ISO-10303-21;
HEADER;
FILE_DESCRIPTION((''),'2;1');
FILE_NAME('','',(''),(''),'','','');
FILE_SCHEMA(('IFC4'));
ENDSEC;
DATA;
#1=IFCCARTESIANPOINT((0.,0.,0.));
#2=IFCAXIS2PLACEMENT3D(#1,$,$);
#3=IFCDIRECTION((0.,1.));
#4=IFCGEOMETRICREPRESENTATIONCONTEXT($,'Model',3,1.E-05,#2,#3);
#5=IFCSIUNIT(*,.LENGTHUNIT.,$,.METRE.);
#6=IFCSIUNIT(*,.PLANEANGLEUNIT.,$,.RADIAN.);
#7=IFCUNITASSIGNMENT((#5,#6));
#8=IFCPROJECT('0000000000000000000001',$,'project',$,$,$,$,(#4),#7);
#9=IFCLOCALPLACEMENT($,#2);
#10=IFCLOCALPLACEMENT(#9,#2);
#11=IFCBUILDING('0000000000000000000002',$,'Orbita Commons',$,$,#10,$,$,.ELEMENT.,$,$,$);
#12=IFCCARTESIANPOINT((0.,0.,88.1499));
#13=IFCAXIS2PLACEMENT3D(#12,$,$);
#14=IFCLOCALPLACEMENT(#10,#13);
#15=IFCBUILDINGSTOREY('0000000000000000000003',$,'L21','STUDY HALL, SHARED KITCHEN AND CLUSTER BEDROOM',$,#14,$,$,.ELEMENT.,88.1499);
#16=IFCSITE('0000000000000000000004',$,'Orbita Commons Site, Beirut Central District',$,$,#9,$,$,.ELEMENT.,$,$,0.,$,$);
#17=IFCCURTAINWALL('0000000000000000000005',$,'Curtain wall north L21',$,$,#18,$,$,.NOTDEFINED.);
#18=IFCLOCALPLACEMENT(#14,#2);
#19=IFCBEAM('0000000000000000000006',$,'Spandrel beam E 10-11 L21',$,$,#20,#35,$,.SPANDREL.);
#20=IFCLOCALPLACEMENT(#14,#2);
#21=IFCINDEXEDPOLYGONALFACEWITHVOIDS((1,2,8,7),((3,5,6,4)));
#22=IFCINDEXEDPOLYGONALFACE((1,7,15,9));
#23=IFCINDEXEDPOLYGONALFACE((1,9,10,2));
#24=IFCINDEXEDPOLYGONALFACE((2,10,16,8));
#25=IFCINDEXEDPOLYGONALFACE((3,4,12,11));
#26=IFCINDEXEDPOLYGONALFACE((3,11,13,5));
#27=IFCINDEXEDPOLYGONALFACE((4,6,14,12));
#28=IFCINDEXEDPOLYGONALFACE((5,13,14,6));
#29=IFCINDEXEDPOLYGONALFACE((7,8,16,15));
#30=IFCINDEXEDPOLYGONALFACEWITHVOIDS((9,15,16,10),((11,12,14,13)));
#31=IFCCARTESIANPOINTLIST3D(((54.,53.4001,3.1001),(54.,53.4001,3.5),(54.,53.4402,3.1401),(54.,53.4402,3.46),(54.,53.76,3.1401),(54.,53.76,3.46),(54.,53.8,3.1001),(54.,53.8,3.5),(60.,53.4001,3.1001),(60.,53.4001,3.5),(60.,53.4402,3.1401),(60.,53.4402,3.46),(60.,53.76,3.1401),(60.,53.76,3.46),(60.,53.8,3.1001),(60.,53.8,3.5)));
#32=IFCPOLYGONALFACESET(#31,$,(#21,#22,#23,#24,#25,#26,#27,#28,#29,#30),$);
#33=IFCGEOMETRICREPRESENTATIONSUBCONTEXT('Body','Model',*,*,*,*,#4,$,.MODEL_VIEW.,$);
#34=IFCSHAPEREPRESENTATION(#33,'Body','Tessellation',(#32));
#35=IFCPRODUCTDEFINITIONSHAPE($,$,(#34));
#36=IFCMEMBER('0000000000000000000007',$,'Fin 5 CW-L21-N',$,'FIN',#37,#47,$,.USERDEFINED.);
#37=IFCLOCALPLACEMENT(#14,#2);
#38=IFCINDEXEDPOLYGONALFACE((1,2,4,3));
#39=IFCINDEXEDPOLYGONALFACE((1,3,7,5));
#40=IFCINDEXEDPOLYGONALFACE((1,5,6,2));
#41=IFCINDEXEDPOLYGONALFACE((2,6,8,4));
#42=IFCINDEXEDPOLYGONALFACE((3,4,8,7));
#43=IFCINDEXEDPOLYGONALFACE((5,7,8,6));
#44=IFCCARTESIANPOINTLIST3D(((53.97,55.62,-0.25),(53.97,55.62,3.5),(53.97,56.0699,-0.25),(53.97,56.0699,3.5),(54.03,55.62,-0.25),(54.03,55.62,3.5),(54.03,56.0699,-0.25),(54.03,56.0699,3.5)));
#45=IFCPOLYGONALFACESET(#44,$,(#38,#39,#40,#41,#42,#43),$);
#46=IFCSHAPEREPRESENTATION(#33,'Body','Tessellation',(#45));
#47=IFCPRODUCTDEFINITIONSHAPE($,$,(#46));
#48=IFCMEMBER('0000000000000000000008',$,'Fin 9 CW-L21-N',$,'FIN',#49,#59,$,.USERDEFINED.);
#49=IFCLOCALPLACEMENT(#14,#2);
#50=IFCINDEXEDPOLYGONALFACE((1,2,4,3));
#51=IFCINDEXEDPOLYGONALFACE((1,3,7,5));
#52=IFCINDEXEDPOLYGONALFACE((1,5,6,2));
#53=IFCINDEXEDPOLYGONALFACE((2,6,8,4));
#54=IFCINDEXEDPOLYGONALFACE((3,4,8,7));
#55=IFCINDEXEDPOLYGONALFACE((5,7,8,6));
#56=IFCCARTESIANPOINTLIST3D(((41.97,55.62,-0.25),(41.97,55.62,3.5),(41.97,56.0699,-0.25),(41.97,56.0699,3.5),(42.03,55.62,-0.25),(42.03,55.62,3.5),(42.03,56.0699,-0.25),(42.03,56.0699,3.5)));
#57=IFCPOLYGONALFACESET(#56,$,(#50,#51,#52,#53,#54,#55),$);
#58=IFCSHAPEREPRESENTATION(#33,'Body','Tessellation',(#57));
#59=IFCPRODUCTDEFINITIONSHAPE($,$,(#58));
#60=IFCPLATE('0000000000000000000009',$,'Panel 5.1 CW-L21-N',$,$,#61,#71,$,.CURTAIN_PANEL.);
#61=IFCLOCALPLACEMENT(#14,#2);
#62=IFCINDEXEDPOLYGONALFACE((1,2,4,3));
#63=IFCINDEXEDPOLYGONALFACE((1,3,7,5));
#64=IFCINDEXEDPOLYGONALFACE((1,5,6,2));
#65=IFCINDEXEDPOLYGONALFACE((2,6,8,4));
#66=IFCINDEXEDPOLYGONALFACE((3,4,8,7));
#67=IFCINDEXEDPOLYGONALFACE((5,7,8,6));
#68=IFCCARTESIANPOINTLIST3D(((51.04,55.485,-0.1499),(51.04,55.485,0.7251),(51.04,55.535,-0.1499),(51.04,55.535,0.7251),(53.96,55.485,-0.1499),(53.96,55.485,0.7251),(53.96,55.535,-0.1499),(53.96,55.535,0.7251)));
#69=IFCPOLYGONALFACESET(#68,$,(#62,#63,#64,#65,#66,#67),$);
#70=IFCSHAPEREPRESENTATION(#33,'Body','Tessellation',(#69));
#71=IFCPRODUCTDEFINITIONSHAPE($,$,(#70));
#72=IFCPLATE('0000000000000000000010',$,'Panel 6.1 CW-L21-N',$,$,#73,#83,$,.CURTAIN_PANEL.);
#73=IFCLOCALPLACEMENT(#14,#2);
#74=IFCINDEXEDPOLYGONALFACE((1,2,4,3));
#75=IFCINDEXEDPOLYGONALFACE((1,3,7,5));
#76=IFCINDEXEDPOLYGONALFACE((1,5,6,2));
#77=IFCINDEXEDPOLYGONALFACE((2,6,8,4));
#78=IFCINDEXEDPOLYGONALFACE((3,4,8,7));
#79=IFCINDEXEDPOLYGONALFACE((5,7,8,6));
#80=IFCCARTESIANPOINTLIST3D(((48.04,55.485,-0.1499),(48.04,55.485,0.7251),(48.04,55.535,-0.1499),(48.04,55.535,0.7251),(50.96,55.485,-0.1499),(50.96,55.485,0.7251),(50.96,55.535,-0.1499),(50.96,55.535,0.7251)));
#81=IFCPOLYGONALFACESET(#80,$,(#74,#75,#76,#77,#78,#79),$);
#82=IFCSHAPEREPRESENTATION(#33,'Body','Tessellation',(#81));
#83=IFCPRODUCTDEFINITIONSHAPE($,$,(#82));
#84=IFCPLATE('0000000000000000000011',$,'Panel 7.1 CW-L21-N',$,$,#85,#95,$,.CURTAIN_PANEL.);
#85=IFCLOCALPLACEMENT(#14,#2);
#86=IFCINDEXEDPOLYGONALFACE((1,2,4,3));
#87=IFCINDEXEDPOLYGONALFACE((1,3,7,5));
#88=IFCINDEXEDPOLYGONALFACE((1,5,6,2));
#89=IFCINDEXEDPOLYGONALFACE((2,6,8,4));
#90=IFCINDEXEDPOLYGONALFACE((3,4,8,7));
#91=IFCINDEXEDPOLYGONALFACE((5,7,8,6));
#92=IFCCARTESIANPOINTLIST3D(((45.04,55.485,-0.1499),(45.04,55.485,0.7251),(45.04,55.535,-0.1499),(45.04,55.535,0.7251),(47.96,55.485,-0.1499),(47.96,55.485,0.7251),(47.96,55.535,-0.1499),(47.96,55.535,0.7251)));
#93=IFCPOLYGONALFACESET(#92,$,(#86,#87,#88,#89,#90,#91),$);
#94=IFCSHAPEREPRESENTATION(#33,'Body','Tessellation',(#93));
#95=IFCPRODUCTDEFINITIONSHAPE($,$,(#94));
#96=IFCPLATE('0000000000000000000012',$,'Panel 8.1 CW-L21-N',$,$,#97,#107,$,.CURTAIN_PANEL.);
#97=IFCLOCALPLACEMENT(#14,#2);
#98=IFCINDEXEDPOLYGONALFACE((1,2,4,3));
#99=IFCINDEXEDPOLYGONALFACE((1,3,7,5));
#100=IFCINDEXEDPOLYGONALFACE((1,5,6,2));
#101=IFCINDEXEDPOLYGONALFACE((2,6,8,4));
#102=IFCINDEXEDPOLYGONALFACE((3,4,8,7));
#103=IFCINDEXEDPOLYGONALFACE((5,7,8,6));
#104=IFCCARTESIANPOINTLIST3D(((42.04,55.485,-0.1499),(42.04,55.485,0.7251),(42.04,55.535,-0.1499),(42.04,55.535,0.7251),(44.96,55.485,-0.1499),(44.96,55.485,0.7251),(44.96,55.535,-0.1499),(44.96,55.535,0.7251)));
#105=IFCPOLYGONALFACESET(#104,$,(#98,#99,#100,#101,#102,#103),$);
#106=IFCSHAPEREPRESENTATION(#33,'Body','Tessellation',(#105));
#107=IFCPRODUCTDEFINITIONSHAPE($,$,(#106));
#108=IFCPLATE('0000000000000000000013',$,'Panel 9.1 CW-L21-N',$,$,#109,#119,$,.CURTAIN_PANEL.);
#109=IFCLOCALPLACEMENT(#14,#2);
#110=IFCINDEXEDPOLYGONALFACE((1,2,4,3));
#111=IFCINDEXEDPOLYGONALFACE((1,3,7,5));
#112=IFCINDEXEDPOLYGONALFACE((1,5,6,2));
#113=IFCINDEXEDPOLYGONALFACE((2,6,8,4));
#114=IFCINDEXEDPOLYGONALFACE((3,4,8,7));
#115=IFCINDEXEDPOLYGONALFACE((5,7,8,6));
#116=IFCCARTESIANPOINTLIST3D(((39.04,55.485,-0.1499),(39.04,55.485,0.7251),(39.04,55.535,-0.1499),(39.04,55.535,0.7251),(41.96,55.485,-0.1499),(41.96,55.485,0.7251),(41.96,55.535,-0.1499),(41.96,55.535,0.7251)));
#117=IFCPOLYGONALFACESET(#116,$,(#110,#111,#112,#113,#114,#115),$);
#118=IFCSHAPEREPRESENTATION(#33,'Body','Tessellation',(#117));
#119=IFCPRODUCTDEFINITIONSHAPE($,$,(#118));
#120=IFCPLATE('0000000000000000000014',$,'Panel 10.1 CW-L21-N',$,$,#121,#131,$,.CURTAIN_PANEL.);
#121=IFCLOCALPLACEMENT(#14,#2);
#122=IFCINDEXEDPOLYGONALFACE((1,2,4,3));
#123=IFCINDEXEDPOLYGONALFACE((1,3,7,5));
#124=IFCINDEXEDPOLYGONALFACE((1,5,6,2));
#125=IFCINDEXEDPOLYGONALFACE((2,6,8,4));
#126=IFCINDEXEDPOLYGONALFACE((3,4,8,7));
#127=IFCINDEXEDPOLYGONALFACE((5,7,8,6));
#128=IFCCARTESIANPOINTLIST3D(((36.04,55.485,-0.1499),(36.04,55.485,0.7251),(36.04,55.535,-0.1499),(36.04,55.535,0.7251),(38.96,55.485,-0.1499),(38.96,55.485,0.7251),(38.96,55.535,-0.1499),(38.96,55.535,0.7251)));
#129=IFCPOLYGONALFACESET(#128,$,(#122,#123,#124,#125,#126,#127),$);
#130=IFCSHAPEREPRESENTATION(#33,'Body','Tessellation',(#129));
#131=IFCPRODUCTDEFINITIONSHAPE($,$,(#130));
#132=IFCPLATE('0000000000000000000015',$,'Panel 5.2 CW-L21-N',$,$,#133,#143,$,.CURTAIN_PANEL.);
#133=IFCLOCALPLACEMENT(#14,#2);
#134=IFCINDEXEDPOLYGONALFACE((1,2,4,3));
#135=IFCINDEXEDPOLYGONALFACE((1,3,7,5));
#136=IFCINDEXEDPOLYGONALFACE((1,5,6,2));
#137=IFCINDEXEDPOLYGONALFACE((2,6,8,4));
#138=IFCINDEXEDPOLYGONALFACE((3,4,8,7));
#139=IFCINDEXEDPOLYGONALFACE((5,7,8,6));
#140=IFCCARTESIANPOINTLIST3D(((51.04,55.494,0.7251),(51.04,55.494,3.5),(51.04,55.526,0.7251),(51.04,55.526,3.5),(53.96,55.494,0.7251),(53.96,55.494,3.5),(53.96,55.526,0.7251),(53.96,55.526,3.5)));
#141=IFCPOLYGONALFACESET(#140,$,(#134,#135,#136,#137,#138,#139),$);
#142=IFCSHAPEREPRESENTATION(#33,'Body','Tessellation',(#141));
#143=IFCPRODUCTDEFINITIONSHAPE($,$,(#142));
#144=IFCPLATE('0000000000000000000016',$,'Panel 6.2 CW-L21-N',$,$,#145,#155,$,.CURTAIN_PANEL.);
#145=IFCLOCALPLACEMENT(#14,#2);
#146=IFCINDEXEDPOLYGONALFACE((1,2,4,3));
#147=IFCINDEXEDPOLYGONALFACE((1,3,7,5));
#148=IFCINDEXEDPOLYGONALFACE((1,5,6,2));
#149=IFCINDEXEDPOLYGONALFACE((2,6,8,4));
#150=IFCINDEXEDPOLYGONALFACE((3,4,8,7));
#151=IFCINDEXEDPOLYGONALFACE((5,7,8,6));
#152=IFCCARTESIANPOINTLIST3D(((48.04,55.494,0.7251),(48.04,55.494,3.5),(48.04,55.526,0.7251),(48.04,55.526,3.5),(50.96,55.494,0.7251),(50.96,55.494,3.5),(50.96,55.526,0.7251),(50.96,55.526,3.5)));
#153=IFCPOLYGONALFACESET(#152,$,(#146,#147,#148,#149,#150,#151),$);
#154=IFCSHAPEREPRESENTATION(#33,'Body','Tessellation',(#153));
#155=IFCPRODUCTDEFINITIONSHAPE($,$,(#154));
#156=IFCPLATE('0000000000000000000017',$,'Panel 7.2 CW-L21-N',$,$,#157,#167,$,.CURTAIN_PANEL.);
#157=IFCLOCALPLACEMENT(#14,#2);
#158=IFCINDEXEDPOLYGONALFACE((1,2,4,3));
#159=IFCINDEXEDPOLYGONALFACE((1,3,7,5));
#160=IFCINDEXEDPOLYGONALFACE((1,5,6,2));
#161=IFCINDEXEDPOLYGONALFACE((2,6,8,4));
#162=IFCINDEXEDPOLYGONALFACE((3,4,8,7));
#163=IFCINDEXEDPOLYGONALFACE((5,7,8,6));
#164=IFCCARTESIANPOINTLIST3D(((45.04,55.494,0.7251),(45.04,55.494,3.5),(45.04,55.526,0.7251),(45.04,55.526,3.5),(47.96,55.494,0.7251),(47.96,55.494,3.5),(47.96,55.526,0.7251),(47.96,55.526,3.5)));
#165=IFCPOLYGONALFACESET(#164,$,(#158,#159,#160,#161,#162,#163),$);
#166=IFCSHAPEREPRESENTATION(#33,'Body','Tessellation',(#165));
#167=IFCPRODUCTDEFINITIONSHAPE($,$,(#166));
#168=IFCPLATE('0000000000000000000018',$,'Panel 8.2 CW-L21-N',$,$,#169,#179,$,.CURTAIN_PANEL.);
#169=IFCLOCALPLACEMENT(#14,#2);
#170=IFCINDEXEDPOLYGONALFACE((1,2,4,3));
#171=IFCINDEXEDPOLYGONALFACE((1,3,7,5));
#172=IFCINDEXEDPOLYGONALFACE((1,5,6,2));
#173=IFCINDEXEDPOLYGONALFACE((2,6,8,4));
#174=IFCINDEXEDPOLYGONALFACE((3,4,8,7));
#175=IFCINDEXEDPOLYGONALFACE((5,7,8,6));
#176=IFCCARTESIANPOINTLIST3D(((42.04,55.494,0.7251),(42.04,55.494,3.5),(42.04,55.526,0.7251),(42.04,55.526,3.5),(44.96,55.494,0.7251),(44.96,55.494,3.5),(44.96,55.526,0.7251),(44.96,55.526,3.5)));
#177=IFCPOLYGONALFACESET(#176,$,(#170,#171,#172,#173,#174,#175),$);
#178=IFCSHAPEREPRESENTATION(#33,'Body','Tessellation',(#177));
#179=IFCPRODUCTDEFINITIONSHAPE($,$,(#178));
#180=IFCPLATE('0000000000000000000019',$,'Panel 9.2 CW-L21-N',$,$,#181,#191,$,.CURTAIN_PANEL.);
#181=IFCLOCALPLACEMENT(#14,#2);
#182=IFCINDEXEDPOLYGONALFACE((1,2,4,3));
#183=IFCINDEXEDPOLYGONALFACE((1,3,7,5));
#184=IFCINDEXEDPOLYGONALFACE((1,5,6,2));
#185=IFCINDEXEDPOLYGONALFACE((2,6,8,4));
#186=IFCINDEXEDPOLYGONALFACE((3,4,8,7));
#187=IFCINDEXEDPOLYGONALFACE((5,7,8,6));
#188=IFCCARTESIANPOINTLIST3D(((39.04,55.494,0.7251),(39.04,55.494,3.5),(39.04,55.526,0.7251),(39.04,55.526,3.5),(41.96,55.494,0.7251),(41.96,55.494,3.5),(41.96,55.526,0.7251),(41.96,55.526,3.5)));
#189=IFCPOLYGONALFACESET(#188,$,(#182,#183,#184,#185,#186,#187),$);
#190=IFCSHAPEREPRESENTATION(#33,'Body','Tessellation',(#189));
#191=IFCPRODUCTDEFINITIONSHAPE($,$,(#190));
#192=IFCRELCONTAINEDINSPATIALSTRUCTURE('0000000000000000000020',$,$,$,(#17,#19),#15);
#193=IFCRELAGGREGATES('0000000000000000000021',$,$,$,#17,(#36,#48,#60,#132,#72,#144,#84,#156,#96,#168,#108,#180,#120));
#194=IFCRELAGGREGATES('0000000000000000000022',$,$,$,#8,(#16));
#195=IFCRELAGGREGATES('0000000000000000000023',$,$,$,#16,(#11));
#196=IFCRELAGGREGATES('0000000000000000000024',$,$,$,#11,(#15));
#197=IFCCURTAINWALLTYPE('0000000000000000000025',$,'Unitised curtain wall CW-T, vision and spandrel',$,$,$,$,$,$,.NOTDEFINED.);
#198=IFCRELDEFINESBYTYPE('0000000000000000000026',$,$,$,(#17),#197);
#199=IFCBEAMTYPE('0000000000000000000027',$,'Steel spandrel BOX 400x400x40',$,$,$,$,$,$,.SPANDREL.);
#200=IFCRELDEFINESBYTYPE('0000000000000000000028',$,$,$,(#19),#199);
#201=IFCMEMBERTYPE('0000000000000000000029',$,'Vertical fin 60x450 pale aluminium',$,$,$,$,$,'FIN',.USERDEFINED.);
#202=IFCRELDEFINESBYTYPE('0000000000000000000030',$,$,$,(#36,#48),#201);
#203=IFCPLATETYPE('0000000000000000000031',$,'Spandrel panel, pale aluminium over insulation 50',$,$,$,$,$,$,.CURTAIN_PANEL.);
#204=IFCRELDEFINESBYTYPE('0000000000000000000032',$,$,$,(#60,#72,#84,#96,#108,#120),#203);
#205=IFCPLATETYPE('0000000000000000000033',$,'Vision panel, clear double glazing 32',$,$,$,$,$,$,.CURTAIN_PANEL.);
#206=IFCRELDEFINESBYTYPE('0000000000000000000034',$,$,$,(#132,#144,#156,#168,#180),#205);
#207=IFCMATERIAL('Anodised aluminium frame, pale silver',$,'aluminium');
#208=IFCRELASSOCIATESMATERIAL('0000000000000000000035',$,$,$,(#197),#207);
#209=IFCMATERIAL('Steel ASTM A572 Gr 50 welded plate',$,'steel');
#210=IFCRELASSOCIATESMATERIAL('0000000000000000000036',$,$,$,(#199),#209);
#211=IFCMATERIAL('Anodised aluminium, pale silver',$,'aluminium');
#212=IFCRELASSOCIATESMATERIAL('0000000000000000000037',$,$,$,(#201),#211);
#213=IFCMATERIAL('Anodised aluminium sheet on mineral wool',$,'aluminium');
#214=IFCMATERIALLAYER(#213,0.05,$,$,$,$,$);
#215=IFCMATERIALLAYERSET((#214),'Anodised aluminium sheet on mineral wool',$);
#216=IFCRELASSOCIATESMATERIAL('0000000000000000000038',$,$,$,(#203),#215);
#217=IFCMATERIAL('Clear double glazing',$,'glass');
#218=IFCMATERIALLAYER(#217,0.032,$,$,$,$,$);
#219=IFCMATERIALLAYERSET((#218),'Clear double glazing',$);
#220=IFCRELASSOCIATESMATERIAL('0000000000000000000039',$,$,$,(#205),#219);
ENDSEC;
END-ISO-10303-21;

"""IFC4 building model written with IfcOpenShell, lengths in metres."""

from ifc_helpers import new_model, si_unit, direction, frame, origin, origin_2d, place, context, subcontext, project, spatial, rectangle, hollow_rectangle, extrude, material, layer, layer_set, material_profile, profile_set, type_object, element, aggregate, save


model = new_model("IFC4")

# Units and contexts
model_context = context("Model", 3, precision=1e-05, world=origin(), true_north=direction((0.0, 1.0)))
body_context = subcontext(model_context, "Body", "Model", "MODEL_VIEW")
ifc_project = project(units=[si_unit("LENGTHUNIT", "METRE"), si_unit("PLANEANGLEUNIT", "RADIAN")], contexts=[model_context])

# Site, building, storey
site_placement = place(None, origin())
site = spatial("IfcSite", under=ifc_project, at=site_placement, Name="Orbita Commons Site, Beirut Central District", CompositionType="ELEMENT", RefElevation=0.0)
building_placement = place(site_placement, origin())
building = spatial("IfcBuilding", under=site, at=building_placement, Name="Orbita Commons", CompositionType="ELEMENT")
storey_placement = place(building_placement, frame((0.0, 0.0, 88.1499)))
storey = spatial("IfcBuildingStorey", under=building, at=storey_placement, Name="L21", Description="STUDY HALL, SHARED KITCHEN AND CLUSTER BEDROOM", CompositionType="ELEMENT", Elevation=88.1499)

# Curtain wall
ifc_material_1 = material(Name="Anodised aluminium frame, pale silver", Category="aluminium")
curtain_wall_type = type_object("IfcCurtainWallType", Name="Unitised curtain wall CW-T, vision and spandrel", PredefinedType="NOTDEFINED", material=ifc_material_1)
curtain_wall_placement = place(storey_placement, origin())
curtain_wall = element("IfcCurtainWall", 1, at=curtain_wall_placement, inside=storey, type_object=curtain_wall_type, Name="Curtain wall north L21", PredefinedType="NOTDEFINED")

# Beam
ifc_material_2 = material(Name="Steel ASTM A572 Gr 50 welded plate", Category="steel")
ifc_material_profile_1 = material_profile(ifc_material_2, hollow_rectangle(XDim=0.3999, YDim=0.3999, WallThickness=0.04, at=origin_2d()), Name="BOX 400x400x40")
ifc_profile_set_1 = profile_set([ifc_material_profile_1], Name="Steel ASTM A572 Gr 50 welded plate")
beam_type = type_object("IfcBeamType", Name="Steel spandrel BOX 400x400x40", PredefinedType="SPANDREL", material=ifc_profile_set_1)
beam_placement = place(storey_placement, frame((54.0, 53.6001, 3.3), z_axis=(1.0, 0.0, 0.0), x_axis=(0.0, 1.0, 0.0)))
element("IfcBeam", 2, at=beam_placement, inside=storey, type_object=beam_type, Name="Spandrel beam E 10-11 L21", PredefinedType="SPANDREL", context=body_context, shape_type="SweptSolid", body=[
    extrude(hollow_rectangle(XDim=0.3999, YDim=0.3999, WallThickness=0.04, at=origin_2d()), origin(), (0.0, 0.0, 1.0), 6.0),
])

# Members
ifc_material_3 = material(Name="Anodised aluminium, pale silver", Category="aluminium")
ifc_material_profile_2 = material_profile(ifc_material_3, rectangle(XDim=0.0601, YDim=0.45, at=origin_2d()), Name="FIN 60x450")
ifc_profile_set_2 = profile_set([ifc_material_profile_2], Name="Anodised aluminium, pale silver")
member_type_1 = type_object("IfcMemberType", Name="Vertical fin 60x450 pale aluminium", ElementType="FIN", PredefinedType="USERDEFINED", material=ifc_profile_set_2)
member_1_placement = place(storey_placement, frame((54.0, 55.845, -0.25), z_axis=(0.0, 0.0, 1.0), x_axis=(-1.0, 0.0, 0.0)))
member_1 = element("IfcMember", 3, at=member_1_placement, type_object=member_type_1, Name="Fin 5 CW-L21-N", ObjectType="FIN", PredefinedType="USERDEFINED", context=body_context, shape_type="SweptSolid", body=[
    extrude(rectangle(XDim=0.0601, YDim=0.45, at=origin_2d()), origin(), (0.0, 0.0, 1.0), 3.75),
])
member_2_placement = place(storey_placement, frame((42.0, 55.845, -0.25), z_axis=(0.0, 0.0, 1.0), x_axis=(-1.0, 0.0, 0.0)))
member_2 = element("IfcMember", 4, at=member_2_placement, type_object=member_type_1, Name="Fin 9 CW-L21-N", ObjectType="FIN", PredefinedType="USERDEFINED", context=body_context, shape_type="SweptSolid", body=[
    extrude(rectangle(XDim=0.0601, YDim=0.45, at=origin_2d()), origin(), (0.0, 0.0, 1.0), 3.75),
])

# Plates
ifc_material_4 = material(Name="Anodised aluminium sheet on mineral wool", Category="aluminium")
ifc_layer_1 = layer(ifc_material_4, 0.05)
ifc_layer_set_1 = layer_set([ifc_layer_1], Name="Anodised aluminium sheet on mineral wool")
plate_type_1 = type_object("IfcPlateType", Name="Spandrel panel, pale aluminium over insulation 50", PredefinedType="CURTAIN_PANEL", material=ifc_layer_set_1)
plate_1_placement = place(storey_placement, frame((52.5, 55.51, -0.1499), z_axis=(0.0, 0.0, 1.0), x_axis=(-1.0, 0.0, 0.0)))
plate_1 = element("IfcPlate", 5, at=plate_1_placement, type_object=plate_type_1, Name="Panel 5.1 CW-L21-N", PredefinedType="CURTAIN_PANEL", context=body_context, shape_type="SweptSolid", body=[
    extrude(rectangle(XDim=2.9199, YDim=0.05, at=origin_2d()), origin(), (0.0, 0.0, 1.0), 0.875),
])
plate_2_placement = place(storey_placement, frame((49.5, 55.51, -0.1499), z_axis=(0.0, 0.0, 1.0), x_axis=(-1.0, 0.0, 0.0)))
plate_2 = element("IfcPlate", 6, at=plate_2_placement, type_object=plate_type_1, Name="Panel 6.1 CW-L21-N", PredefinedType="CURTAIN_PANEL", context=body_context, shape_type="SweptSolid", body=[
    extrude(rectangle(XDim=2.9199, YDim=0.05, at=origin_2d()), origin(), (0.0, 0.0, 1.0), 0.875),
])
plate_3_placement = place(storey_placement, frame((46.5, 55.51, -0.1499), z_axis=(0.0, 0.0, 1.0), x_axis=(-1.0, 0.0, 0.0)))
plate_3 = element("IfcPlate", 7, at=plate_3_placement, type_object=plate_type_1, Name="Panel 7.1 CW-L21-N", PredefinedType="CURTAIN_PANEL", context=body_context, shape_type="SweptSolid", body=[
    extrude(rectangle(XDim=2.9199, YDim=0.05, at=origin_2d()), origin(), (0.0, 0.0, 1.0), 0.875),
])
plate_4_placement = place(storey_placement, frame((43.5, 55.51, -0.1499), z_axis=(0.0, 0.0, 1.0), x_axis=(-1.0, 0.0, 0.0)))
plate_4 = element("IfcPlate", 8, at=plate_4_placement, type_object=plate_type_1, Name="Panel 8.1 CW-L21-N", PredefinedType="CURTAIN_PANEL", context=body_context, shape_type="SweptSolid", body=[
    extrude(rectangle(XDim=2.9199, YDim=0.05, at=origin_2d()), origin(), (0.0, 0.0, 1.0), 0.875),
])
plate_5_placement = place(storey_placement, frame((40.5, 55.51, -0.1499), z_axis=(0.0, 0.0, 1.0), x_axis=(-1.0, 0.0, 0.0)))
plate_5 = element("IfcPlate", 9, at=plate_5_placement, type_object=plate_type_1, Name="Panel 9.1 CW-L21-N", PredefinedType="CURTAIN_PANEL", context=body_context, shape_type="SweptSolid", body=[
    extrude(rectangle(XDim=2.9199, YDim=0.05, at=origin_2d()), origin(), (0.0, 0.0, 1.0), 0.875),
])
plate_6_placement = place(storey_placement, frame((37.5, 55.51, -0.1499), z_axis=(0.0, 0.0, 1.0), x_axis=(-1.0, 0.0, 0.0)))
plate_6 = element("IfcPlate", 10, at=plate_6_placement, type_object=plate_type_1, Name="Panel 10.1 CW-L21-N", PredefinedType="CURTAIN_PANEL", context=body_context, shape_type="SweptSolid", body=[
    extrude(rectangle(XDim=2.9199, YDim=0.05, at=origin_2d()), origin(), (0.0, 0.0, 1.0), 0.875),
])
ifc_material_5 = material(Name="Clear double glazing", Category="glass")
ifc_layer_2 = layer(ifc_material_5, 0.032)
ifc_layer_set_2 = layer_set([ifc_layer_2], Name="Clear double glazing")
plate_type_2 = type_object("IfcPlateType", Name="Vision panel, clear double glazing 32", PredefinedType="CURTAIN_PANEL", material=ifc_layer_set_2)
plate_7_placement = place(storey_placement, frame((52.5, 55.51, 0.7251), z_axis=(0.0, 0.0, 1.0), x_axis=(-1.0, 0.0, 0.0)))
plate_7 = element("IfcPlate", 11, at=plate_7_placement, type_object=plate_type_2, Name="Panel 5.2 CW-L21-N", PredefinedType="CURTAIN_PANEL", context=body_context, shape_type="SweptSolid", body=[
    extrude(rectangle(XDim=2.9199, YDim=0.032, at=origin_2d()), origin(), (0.0, 0.0, 1.0), 2.7749),
])
plate_8_placement = place(storey_placement, frame((49.5, 55.51, 0.7251), z_axis=(0.0, 0.0, 1.0), x_axis=(-1.0, 0.0, 0.0)))
plate_8 = element("IfcPlate", 12, at=plate_8_placement, type_object=plate_type_2, Name="Panel 6.2 CW-L21-N", PredefinedType="CURTAIN_PANEL", context=body_context, shape_type="SweptSolid", body=[
    extrude(rectangle(XDim=2.9199, YDim=0.032, at=origin_2d()), origin(), (0.0, 0.0, 1.0), 2.7749),
])
plate_9_placement = place(storey_placement, frame((46.5, 55.51, 0.7251), z_axis=(0.0, 0.0, 1.0), x_axis=(-1.0, 0.0, 0.0)))
plate_9 = element("IfcPlate", 13, at=plate_9_placement, type_object=plate_type_2, Name="Panel 7.2 CW-L21-N", PredefinedType="CURTAIN_PANEL", context=body_context, shape_type="SweptSolid", body=[
    extrude(rectangle(XDim=2.9199, YDim=0.032, at=origin_2d()), origin(), (0.0, 0.0, 1.0), 2.7749),
])
plate_10_placement = place(storey_placement, frame((43.5, 55.51, 0.7251), z_axis=(0.0, 0.0, 1.0), x_axis=(-1.0, 0.0, 0.0)))
plate_10 = element("IfcPlate", 14, at=plate_10_placement, type_object=plate_type_2, Name="Panel 8.2 CW-L21-N", PredefinedType="CURTAIN_PANEL", context=body_context, shape_type="SweptSolid", body=[
    extrude(rectangle(XDim=2.9199, YDim=0.032, at=origin_2d()), origin(), (0.0, 0.0, 1.0), 2.7749),
])
plate_11_placement = place(storey_placement, frame((40.5, 55.51, 0.7251), z_axis=(0.0, 0.0, 1.0), x_axis=(-1.0, 0.0, 0.0)))
plate_11 = element("IfcPlate", 15, at=plate_11_placement, type_object=plate_type_2, Name="Panel 9.2 CW-L21-N", PredefinedType="CURTAIN_PANEL", context=body_context, shape_type="SweptSolid", body=[
    extrude(rectangle(XDim=2.9199, YDim=0.032, at=origin_2d()), origin(), (0.0, 0.0, 1.0), 2.7749),
])
aggregate(curtain_wall, [member_1, member_2, plate_1, plate_7, plate_2, plate_8, plate_3, plate_9, plate_4, plate_10, plate_5, plate_11, plate_6])

save(model, "model.ifc")
